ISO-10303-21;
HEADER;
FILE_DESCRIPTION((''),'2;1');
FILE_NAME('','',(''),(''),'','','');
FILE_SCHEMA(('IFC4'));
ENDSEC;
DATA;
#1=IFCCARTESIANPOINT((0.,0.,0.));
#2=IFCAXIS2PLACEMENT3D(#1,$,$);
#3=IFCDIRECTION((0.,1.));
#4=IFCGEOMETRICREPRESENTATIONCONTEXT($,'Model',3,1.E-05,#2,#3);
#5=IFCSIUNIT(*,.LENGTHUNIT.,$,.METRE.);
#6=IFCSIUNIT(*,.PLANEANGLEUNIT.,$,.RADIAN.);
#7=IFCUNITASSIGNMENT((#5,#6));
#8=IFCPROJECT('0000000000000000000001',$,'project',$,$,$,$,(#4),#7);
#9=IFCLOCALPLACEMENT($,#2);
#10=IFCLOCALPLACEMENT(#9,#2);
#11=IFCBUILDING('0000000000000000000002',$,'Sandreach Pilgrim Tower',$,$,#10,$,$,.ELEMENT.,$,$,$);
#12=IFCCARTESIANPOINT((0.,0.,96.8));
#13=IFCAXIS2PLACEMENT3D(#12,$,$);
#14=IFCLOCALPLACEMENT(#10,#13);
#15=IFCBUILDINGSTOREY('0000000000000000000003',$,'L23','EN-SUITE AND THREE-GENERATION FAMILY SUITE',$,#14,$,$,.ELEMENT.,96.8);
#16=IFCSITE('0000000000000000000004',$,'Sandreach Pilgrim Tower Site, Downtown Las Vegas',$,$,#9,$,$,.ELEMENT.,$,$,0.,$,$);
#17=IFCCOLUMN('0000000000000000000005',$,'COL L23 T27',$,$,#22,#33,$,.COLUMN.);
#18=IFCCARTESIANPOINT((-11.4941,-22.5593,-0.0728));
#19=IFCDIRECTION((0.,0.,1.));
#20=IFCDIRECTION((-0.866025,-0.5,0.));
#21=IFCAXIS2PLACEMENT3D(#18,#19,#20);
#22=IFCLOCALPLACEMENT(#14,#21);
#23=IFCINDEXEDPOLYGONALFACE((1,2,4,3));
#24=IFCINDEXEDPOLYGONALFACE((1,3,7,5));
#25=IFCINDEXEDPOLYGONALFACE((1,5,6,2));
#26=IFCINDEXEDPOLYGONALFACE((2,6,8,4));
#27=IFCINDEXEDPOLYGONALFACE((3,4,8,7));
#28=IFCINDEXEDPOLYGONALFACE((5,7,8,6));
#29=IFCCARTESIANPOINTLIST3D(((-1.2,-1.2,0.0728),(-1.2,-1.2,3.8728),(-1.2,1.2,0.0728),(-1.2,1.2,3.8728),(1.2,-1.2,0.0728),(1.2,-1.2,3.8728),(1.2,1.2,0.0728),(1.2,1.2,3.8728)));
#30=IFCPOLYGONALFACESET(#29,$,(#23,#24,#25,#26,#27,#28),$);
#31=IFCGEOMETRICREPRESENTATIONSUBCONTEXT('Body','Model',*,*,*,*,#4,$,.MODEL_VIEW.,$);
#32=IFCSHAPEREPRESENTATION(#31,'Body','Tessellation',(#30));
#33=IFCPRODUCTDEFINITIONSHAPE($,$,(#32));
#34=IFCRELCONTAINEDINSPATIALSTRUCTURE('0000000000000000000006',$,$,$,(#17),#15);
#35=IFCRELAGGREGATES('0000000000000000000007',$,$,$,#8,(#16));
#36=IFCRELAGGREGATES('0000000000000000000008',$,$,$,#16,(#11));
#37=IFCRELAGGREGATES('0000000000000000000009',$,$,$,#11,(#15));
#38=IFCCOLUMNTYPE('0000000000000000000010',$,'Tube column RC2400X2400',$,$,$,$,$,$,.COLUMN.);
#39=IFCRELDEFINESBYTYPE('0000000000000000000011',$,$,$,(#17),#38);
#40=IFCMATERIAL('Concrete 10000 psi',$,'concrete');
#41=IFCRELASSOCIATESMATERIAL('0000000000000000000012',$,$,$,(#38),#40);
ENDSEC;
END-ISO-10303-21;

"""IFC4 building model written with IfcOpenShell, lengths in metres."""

from ifc_helpers import new_model, si_unit, direction, frame, origin, origin_2d, place, context, subcontext, project, spatial, rectangle, extrude, clip, halfspace, material, material_profile, profile_set, type_object, element, save


model = new_model("IFC4")

# Units and contexts
model_context = context("Model", 3, precision=1e-05, world=origin(), true_north=direction((0.0, 1.0)))
body_context = subcontext(model_context, "Body", "Model", "MODEL_VIEW")
ifc_project = project(units=[si_unit("LENGTHUNIT", "METRE"), si_unit("PLANEANGLEUNIT", "RADIAN")], contexts=[model_context])

# Site, building, storey
site_placement = place(None, origin())
site = spatial("IfcSite", under=ifc_project, at=site_placement, Name="Sandreach Pilgrim Tower Site, Downtown Las Vegas", CompositionType="ELEMENT", RefElevation=0.0)
building_placement = place(site_placement, origin())
building = spatial("IfcBuilding", under=site, at=building_placement, Name="Sandreach Pilgrim Tower", CompositionType="ELEMENT")
storey_placement = place(building_placement, frame((0.0, 0.0, 96.8)))
storey = spatial("IfcBuildingStorey", under=building, at=storey_placement, Name="L23", Description="EN-SUITE AND THREE-GENERATION FAMILY SUITE", CompositionType="ELEMENT", Elevation=96.8)

# Column
ifc_material_1 = material(Name="Concrete 10000 psi", Category="concrete")
ifc_material_profile_1 = material_profile(ifc_material_1, rectangle(XDim=2.3999, YDim=2.3999, at=origin_2d()), Name="RC2400X2400")
ifc_profile_set_1 = profile_set([ifc_material_profile_1], Name="Concrete 10000 psi")
column_type = type_object("IfcColumnType", Name="Tube column RC2400X2400", PredefinedType="COLUMN", material=ifc_profile_set_1)
column_placement = place(storey_placement, frame((-11.4941, -22.5593, -0.0728), z_axis=(0.0, 0.0, 1.0), x_axis=(-0.866025, -0.5, 0.0)))
element("IfcColumn", 1, at=column_placement, inside=storey, type_object=column_type, Name="COL L23 T27", PredefinedType="COLUMN", context=body_context, shape_type="SweptSolid", body=[
    clip(extrude(rectangle(XDim=2.3999, YDim=2.3999, at=origin_2d()), origin(), (0.0, 0.0, 1.0), 3.8728), halfspace(frame((0.0, 0.0, 0.0728)), True)),
])

save(model, "model.ifc")
